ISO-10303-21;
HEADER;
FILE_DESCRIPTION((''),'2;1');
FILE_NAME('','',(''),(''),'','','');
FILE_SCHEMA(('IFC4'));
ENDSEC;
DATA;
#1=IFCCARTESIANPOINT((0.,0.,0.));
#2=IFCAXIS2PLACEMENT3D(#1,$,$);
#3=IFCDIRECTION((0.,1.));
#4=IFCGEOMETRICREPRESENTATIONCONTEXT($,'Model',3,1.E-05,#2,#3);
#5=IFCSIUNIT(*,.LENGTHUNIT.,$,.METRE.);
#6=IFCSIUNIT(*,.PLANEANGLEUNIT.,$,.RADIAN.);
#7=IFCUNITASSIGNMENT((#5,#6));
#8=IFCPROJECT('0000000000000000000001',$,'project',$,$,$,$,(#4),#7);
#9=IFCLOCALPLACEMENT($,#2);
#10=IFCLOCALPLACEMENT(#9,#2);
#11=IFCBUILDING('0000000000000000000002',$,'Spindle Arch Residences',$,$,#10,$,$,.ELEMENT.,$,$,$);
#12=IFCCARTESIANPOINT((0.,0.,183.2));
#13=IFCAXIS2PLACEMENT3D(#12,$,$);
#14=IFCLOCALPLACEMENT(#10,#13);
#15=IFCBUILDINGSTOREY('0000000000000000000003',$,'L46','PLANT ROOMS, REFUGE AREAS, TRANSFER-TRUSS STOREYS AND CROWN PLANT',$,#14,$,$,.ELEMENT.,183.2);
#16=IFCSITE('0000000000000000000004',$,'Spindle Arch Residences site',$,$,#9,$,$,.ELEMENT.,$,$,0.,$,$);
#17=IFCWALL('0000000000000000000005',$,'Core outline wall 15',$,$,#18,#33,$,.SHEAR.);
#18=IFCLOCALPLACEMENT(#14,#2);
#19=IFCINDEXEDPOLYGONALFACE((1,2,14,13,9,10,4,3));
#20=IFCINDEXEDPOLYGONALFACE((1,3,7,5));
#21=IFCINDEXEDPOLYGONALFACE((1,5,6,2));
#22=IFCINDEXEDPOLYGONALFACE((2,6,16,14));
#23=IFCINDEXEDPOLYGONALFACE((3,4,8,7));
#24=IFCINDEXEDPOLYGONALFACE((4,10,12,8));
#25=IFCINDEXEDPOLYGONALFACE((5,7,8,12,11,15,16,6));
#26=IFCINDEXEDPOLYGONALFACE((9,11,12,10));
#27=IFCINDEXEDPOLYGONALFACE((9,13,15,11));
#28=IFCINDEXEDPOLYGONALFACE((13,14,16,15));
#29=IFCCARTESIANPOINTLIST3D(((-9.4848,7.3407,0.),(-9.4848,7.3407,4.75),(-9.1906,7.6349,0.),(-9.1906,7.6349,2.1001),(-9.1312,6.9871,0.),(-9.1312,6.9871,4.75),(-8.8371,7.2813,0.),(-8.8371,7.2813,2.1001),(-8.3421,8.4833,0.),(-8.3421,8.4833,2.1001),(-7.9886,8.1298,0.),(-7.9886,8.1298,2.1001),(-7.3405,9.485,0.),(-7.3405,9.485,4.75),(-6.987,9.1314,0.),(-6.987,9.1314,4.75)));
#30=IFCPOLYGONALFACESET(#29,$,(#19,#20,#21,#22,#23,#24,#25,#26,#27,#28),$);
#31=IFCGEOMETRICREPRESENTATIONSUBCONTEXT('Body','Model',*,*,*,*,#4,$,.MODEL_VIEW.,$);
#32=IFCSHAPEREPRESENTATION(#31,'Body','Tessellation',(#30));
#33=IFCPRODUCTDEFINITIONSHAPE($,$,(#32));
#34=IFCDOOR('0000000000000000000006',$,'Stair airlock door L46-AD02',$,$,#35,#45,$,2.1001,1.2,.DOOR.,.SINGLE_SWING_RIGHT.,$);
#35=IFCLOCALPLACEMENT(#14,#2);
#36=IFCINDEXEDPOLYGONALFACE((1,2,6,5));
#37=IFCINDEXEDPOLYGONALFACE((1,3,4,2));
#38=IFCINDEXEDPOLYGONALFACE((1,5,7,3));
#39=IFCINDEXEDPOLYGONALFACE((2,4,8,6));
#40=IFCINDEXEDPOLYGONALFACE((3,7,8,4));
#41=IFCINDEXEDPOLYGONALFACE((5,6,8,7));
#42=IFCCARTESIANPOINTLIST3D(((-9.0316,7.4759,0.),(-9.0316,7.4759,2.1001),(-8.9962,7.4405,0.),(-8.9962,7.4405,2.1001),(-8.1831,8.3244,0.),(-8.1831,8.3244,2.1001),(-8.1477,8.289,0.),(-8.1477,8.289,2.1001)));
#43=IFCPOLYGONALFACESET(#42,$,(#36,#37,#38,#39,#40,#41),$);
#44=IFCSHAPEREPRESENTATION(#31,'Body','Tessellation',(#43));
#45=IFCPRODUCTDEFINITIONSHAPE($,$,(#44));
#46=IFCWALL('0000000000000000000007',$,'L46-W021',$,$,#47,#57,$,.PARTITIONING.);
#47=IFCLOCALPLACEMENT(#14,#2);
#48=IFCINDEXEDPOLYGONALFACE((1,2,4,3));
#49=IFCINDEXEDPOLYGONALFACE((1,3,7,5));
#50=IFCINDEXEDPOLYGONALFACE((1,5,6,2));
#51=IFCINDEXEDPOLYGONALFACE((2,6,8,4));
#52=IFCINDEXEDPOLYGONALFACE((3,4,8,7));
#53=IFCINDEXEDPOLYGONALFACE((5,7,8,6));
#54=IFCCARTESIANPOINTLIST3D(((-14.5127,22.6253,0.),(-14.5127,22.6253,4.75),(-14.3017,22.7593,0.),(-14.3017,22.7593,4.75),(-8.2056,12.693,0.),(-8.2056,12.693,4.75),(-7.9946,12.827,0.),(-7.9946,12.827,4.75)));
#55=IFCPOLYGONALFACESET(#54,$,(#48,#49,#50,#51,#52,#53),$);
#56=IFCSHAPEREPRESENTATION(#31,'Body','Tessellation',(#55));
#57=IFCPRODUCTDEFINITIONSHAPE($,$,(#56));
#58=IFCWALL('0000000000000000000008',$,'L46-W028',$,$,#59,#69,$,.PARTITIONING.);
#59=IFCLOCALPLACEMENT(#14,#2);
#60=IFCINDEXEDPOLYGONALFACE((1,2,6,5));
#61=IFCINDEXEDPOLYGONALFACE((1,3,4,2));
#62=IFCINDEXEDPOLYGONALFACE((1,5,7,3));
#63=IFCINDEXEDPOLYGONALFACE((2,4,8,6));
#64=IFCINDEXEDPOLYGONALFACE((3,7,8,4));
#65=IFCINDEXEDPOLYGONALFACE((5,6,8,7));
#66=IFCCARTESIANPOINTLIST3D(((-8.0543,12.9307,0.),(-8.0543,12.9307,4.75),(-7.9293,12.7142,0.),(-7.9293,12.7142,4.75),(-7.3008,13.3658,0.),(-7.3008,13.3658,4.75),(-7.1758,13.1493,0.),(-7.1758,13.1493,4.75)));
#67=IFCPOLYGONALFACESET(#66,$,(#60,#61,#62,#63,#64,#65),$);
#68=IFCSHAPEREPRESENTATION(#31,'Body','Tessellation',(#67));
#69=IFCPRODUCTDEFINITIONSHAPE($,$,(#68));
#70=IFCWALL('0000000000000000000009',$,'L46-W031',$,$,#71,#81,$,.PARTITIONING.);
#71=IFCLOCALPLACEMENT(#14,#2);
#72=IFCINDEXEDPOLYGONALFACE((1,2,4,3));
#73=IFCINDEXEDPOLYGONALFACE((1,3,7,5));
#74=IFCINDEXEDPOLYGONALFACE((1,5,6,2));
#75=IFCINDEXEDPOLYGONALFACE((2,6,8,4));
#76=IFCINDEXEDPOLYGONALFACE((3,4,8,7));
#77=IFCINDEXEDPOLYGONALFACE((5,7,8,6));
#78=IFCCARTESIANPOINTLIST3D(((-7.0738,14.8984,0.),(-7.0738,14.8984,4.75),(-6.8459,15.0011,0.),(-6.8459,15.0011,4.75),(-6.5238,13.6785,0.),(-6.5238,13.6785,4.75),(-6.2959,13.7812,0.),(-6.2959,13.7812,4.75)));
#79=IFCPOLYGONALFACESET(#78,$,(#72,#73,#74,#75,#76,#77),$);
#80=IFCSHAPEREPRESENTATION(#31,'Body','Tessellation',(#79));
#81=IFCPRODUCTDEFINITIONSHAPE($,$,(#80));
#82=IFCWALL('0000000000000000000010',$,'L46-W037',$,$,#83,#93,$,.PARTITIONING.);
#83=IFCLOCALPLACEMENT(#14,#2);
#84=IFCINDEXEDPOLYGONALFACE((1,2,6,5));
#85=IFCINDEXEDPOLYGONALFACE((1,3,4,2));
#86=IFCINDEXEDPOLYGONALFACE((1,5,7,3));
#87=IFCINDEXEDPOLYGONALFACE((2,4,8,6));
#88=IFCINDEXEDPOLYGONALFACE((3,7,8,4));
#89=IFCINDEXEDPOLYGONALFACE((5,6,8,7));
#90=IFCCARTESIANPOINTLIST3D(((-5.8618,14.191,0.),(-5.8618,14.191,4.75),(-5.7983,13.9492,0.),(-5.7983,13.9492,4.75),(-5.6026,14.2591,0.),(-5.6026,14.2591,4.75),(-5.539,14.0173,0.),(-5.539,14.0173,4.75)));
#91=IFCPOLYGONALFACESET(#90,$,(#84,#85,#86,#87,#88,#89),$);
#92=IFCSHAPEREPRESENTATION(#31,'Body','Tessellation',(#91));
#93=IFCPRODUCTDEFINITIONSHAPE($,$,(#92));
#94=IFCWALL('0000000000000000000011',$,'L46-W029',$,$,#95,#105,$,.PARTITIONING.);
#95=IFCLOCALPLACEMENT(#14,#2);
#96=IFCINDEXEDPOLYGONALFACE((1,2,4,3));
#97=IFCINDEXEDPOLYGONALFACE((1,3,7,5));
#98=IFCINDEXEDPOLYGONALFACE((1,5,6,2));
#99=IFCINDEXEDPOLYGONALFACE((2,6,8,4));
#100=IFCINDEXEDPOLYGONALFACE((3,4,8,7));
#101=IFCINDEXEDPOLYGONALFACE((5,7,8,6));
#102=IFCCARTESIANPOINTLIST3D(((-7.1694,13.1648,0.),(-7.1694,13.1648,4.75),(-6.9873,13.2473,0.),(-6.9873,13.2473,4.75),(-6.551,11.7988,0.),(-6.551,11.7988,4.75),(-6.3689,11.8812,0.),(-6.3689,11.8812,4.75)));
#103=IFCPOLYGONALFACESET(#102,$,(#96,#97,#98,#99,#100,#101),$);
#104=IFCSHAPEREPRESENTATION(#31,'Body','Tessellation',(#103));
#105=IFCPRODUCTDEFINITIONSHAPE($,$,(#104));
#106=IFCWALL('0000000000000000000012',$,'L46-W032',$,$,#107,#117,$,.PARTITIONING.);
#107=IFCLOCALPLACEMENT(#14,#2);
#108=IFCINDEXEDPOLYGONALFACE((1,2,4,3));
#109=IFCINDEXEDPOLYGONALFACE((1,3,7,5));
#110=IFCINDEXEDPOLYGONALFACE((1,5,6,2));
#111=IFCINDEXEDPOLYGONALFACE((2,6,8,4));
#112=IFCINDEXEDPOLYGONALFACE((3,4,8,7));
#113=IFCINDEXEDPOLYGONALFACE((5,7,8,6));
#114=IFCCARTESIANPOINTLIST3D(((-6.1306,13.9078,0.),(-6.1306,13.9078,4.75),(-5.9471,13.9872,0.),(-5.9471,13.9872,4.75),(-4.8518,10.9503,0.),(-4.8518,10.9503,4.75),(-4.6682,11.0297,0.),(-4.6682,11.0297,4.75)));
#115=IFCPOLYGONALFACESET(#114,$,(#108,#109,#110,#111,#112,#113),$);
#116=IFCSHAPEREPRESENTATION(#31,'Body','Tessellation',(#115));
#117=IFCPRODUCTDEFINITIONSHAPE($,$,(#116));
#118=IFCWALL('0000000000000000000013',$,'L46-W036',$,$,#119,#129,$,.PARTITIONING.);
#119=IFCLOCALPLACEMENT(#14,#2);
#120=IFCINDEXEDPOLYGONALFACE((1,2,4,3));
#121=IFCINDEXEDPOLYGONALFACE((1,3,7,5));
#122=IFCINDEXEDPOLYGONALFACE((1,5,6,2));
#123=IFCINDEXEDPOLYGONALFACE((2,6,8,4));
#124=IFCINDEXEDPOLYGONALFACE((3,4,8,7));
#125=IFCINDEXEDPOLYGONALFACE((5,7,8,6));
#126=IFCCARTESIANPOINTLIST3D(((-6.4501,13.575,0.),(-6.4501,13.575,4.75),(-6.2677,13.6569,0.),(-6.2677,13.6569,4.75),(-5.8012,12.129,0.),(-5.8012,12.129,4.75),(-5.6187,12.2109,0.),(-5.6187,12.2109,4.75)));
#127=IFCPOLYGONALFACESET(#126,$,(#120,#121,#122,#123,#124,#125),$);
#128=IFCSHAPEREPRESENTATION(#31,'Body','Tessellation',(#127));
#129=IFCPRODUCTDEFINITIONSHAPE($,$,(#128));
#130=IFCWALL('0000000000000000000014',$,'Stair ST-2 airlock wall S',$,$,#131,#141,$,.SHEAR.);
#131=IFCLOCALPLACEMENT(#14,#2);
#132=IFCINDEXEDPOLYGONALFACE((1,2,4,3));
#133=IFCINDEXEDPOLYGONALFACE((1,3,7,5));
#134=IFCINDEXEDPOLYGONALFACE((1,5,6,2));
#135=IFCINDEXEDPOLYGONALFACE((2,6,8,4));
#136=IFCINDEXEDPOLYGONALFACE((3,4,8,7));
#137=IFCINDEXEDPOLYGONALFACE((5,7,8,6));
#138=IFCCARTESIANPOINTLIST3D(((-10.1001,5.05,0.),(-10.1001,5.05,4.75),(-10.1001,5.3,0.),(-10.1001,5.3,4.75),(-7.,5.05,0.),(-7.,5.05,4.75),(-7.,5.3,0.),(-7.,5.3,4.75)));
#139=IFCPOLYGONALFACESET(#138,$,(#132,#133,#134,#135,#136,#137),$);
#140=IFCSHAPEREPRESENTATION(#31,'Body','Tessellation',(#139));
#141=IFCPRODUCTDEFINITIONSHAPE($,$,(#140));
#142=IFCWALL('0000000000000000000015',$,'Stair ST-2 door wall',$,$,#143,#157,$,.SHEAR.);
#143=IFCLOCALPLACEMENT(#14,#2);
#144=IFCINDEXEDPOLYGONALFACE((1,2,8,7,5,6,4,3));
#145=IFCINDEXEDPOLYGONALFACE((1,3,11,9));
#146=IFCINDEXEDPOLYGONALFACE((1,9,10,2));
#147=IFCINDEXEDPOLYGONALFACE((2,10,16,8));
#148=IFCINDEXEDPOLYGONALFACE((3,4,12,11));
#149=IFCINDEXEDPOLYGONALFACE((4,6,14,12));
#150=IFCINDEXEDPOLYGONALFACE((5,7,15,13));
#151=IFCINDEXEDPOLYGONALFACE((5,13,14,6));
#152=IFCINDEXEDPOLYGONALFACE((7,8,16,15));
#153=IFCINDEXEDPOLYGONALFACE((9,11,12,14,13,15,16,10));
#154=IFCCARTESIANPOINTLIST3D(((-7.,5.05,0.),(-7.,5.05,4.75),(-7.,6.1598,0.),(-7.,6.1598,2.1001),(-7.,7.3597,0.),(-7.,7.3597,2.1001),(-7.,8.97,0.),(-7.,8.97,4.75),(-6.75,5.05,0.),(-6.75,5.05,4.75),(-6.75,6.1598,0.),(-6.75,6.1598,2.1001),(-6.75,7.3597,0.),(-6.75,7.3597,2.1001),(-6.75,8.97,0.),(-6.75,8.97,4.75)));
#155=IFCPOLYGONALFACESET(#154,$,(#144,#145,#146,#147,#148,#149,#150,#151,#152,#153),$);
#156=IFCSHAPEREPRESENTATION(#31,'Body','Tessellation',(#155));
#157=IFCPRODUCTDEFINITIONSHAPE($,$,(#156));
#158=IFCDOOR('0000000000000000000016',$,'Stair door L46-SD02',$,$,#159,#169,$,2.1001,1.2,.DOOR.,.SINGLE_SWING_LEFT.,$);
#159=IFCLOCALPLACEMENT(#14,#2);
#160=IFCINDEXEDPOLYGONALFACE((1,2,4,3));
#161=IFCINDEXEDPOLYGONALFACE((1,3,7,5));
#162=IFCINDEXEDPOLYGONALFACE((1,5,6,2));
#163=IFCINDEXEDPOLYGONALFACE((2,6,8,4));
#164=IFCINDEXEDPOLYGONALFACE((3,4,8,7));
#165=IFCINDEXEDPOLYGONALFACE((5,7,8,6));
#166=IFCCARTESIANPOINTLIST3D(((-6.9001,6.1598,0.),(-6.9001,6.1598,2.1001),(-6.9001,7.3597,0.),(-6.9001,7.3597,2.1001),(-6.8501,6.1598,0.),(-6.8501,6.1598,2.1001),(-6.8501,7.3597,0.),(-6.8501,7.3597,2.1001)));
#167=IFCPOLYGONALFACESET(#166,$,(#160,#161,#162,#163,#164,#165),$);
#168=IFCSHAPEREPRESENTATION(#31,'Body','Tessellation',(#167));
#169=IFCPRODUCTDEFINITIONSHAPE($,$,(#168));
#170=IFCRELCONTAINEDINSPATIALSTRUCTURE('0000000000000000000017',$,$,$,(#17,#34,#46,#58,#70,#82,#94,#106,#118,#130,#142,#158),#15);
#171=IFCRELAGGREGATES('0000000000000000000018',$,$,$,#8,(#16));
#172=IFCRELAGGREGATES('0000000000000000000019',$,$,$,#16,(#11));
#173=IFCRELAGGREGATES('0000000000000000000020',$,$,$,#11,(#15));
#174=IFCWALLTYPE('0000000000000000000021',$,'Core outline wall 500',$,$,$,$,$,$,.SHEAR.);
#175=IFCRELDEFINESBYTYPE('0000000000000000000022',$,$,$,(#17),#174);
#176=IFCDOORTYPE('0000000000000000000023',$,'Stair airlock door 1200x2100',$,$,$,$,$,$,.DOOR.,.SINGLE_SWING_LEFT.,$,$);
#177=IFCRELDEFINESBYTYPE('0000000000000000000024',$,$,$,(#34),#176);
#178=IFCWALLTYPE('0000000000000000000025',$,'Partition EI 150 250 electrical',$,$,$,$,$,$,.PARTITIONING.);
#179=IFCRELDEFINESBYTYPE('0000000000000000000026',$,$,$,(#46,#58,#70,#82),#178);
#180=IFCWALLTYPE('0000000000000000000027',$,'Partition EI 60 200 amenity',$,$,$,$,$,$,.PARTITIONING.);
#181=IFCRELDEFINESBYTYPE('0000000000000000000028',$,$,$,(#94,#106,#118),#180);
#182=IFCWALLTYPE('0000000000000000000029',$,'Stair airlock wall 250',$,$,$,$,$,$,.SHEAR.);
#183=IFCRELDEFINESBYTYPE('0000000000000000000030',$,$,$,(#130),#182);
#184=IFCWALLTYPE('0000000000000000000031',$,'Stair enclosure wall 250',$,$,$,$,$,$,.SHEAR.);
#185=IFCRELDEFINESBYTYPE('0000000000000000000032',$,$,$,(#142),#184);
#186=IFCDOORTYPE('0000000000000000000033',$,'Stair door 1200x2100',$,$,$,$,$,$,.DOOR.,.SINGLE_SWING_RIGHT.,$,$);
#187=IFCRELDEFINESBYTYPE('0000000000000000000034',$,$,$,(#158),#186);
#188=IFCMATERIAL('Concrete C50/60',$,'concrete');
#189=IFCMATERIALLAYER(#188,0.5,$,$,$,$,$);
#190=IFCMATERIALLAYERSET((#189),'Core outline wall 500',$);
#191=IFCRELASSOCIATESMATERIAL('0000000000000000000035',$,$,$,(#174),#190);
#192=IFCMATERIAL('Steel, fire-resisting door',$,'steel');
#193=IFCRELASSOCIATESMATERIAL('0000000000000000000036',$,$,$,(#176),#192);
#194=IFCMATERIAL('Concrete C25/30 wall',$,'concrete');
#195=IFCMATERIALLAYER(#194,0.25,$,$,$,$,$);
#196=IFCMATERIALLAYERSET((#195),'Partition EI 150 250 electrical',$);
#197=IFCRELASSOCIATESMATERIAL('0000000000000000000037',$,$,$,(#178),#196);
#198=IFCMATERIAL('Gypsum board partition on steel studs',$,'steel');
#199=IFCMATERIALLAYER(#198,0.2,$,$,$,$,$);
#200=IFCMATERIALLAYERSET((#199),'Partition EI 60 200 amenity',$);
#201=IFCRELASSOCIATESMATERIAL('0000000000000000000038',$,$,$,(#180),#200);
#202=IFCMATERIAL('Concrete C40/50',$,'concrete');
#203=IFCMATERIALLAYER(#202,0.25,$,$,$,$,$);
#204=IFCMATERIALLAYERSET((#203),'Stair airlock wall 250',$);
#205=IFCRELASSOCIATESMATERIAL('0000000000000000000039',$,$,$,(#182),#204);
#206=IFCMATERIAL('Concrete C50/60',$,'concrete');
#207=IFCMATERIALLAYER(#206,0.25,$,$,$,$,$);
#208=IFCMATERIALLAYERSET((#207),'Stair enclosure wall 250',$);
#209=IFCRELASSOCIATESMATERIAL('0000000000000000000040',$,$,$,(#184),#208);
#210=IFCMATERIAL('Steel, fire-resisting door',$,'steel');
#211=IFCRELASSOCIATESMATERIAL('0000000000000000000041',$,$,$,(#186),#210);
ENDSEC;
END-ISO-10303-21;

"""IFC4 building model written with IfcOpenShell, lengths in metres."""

from ifc_helpers import new_model, si_unit, direction, frame, frame_2d, origin, place, context, subcontext, project, spatial, rectangle, extrude, material, layer, layer_set, type_object, element, fill, save


model = new_model("IFC4")

# Units and contexts
model_context = context("Model", 3, precision=1e-05, world=origin(), true_north=direction((0.0, 1.0)))
body_context = subcontext(model_context, "Body", "Model", "MODEL_VIEW")
ifc_project = project(units=[si_unit("LENGTHUNIT", "METRE"), si_unit("PLANEANGLEUNIT", "RADIAN")], contexts=[model_context])

# Site, building, storey
site_placement = place(None, origin())
site = spatial("IfcSite", under=ifc_project, at=site_placement, Name="Spindle Arch Residences site", CompositionType="ELEMENT", RefElevation=0.0)
building_placement = place(site_placement, origin())
building = spatial("IfcBuilding", under=site, at=building_placement, Name="Spindle Arch Residences", CompositionType="ELEMENT")
storey_placement = place(building_placement, frame((0.0, 0.0, 183.2)))
storey = spatial("IfcBuildingStorey", under=building, at=storey_placement, Name="L46", Description="PLANT ROOMS, REFUGE AREAS, TRANSFER-TRUSS STOREYS AND CROWN PLANT", CompositionType="ELEMENT", Elevation=183.2)

# Shared definitions
ifc_material_1 = material(Name="Concrete C50/60", Category="concrete")
ifc_layer_1 = layer(ifc_material_1, 0.5)
ifc_layer_set_1 = layer_set([ifc_layer_1], Name="Core outline wall 500")
wall_type_1 = type_object("IfcWallType", Name="Core outline wall 500", PredefinedType="SHEAR", material=ifc_layer_set_1)

# Wall, opening, door
wall_1_placement = place(storey_placement, frame((-7.1638, 9.3081, 0.0), z_axis=(0.0, 0.0, 1.0), x_axis=(-0.707107, -0.707107, 0.0)))
wall_1 = element("IfcWall", 1, at=wall_1_placement, inside=storey, type_object=wall_type_1, Name="Core outline wall 15", PredefinedType="SHEAR", context=body_context, shape_type="SweptSolid", body=[
    extrude(rectangle(XDim=3.0325, YDim=0.5, at=frame_2d((1.5161, 0.0))), origin(), (0.0, 0.0, 1.0), 4.75),
])
opening_1_placement = place(wall_1_placement, frame((1.4163, 0.0, 0.0)))
opening_1 = element("IfcOpeningElement", 2, at=opening_1_placement, cuts=wall_1, PredefinedType="OPENING", context=body_context, shape_type="SweptSolid", body=[
    extrude(rectangle(XDim=1.2, YDim=2.1001, at=frame_2d((0.6001, 1.05))), frame((0.0, 0.26, 0.0), z_axis=(0.0, -1.0, 0.0), x_axis=(1.0, 0.0, 0.0)), (0.0, 0.0, 1.0), 0.52),
])
ifc_material_2 = material(Name="Steel, fire-resisting door", Category="steel")
door_type_1 = type_object("IfcDoorType", Name="Stair airlock door 1200x2100", OperationType="SINGLE_SWING_LEFT", PredefinedType="DOOR", material=ifc_material_2)
door_1_placement = place(opening_1_placement, origin())
door_1 = element("IfcDoor", 3, at=door_1_placement, inside=storey, type_object=door_type_1, Name="Stair airlock door L46-AD02", OperationType="SINGLE_SWING_RIGHT", OverallHeight=2.1001, OverallWidth=1.2, PredefinedType="DOOR", context=body_context, shape_type="SweptSolid", body=[
    extrude(rectangle(XDim=1.2, YDim=2.1001, at=frame_2d((0.6001, 1.05))), frame((0.0, 0.0249, 0.0), z_axis=(0.0, -1.0, 0.0), x_axis=(1.0, 0.0, 0.0)), (0.0, 0.0, 1.0), 0.05),
])
fill(opening_1, door_1)

# Walls
ifc_material_3 = material(Name="Concrete C25/30 wall", Category="concrete")
ifc_layer_2 = layer(ifc_material_3, 0.25)
ifc_layer_set_2 = layer_set([ifc_layer_2], Name="Partition EI 150 250 electrical")
wall_type_2 = type_object("IfcWallType", Name="Partition EI 150 250 electrical", PredefinedType="PARTITIONING", material=ifc_layer_set_2)
wall_2_placement = place(storey_placement, frame((-8.1001, 12.76, 0.0), z_axis=(0.0, 0.0, 1.0), x_axis=(-0.53606, 0.84418, 0.0)))
element("IfcWall", 4, at=wall_2_placement, inside=storey, type_object=wall_type_2, Name="L46-W021", PredefinedType="PARTITIONING", context=body_context, shape_type="SweptSolid", body=[
    extrude(rectangle(XDim=11.7656, YDim=0.25, at=frame_2d((5.8828, 0.0))), origin(), (0.0, 0.0, 1.0), 4.75),
])
wall_3_placement = place(storey_placement, frame((-7.2383, 13.2576, 0.0), z_axis=(0.0, 0.0, 1.0), x_axis=(-0.865989, -0.500063, 0.0)))
element("IfcWall", 5, at=wall_3_placement, inside=storey, type_object=wall_type_2, Name="L46-W028", PredefinedType="PARTITIONING", context=body_context, shape_type="SweptSolid", body=[
    extrude(rectangle(XDim=0.8701, YDim=0.25, at=frame_2d((0.4351, 0.0))), origin(), (0.0, 0.0, 1.0), 4.75),
])
wall_4_placement = place(storey_placement, frame((-6.4099, 13.73, 0.0), z_axis=(0.0, 0.0, 1.0), x_axis=(-0.411025, 0.911624, 0.0)))
element("IfcWall", 6, at=wall_4_placement, inside=storey, type_object=wall_type_2, Name="L46-W031", PredefinedType="PARTITIONING", context=body_context, shape_type="SweptSolid", body=[
    extrude(rectangle(XDim=1.3381, YDim=0.25, at=frame_2d((0.6689, 0.0))), origin(), (0.0, 0.0, 1.0), 4.75),
])
wall_5_placement = place(storey_placement, frame((-5.5708, 14.1382, 0.0), z_axis=(0.0, 0.0, 1.0), x_axis=(-0.967181, -0.25409, 0.0)))
element("IfcWall", 7, at=wall_5_placement, inside=storey, type_object=wall_type_2, Name="L46-W037", PredefinedType="PARTITIONING", context=body_context, shape_type="SweptSolid", body=[
    extrude(rectangle(XDim=0.2681, YDim=0.25, at=frame_2d((0.134, 0.0))), origin(), (0.0, 0.0, 1.0), 4.75),
])
ifc_material_4 = material(Name="Gypsum board partition on steel studs", Category="steel")
ifc_layer_3 = layer(ifc_material_4, 0.2)
ifc_layer_set_3 = layer_set([ifc_layer_3], Name="Partition EI 60 200 amenity")
wall_type_3 = type_object("IfcWallType", Name="Partition EI 60 200 amenity", PredefinedType="PARTITIONING", material=ifc_layer_set_3)
wall_6_placement = place(storey_placement, frame((-7.0784, 13.2061, 0.0), z_axis=(0.0, 0.0, 1.0), x_axis=(0.412429, -0.91099, 0.0)))
element("IfcWall", 8, at=wall_6_placement, inside=storey, type_object=wall_type_3, Name="L46-W029", PredefinedType="PARTITIONING", context=body_context, shape_type="SweptSolid", body=[
    extrude(rectangle(XDim=1.4995, YDim=0.2, at=frame_2d((0.7498, 0.0))), origin(), (0.0, 0.0, 1.0), 4.75),
])
wall_7_placement = place(storey_placement, frame((-6.0388, 13.9475, 0.0), z_axis=(0.0, 0.0, 1.0), x_axis=(0.39688, -0.91787, 0.0)))
element("IfcWall", 9, at=wall_7_placement, inside=storey, type_object=wall_type_3, Name="L46-W032", PredefinedType="PARTITIONING", context=body_context, shape_type="SweptSolid", body=[
    extrude(rectangle(XDim=3.2222, YDim=0.2, at=frame_2d((1.6111, 0.0))), origin(), (0.0, 0.0, 1.0), 4.75),
])
wall_8_placement = place(storey_placement, frame((-5.71, 12.1699, 0.0), z_axis=(0.0, 0.0, 1.0), x_axis=(-0.409423, 0.912345, 0.0)))
element("IfcWall", 10, at=wall_8_placement, inside=storey, type_object=wall_type_3, Name="L46-W036", PredefinedType="PARTITIONING", context=body_context, shape_type="SweptSolid", body=[
    extrude(rectangle(XDim=1.585, YDim=0.2, at=frame_2d((0.7925, 0.0))), origin(), (0.0, 0.0, 1.0), 4.75),
])
ifc_material_5 = material(Name="Concrete C40/50", Category="concrete")
ifc_layer_4 = layer(ifc_material_5, 0.25)
ifc_layer_set_4 = layer_set([ifc_layer_4], Name="Stair airlock wall 250")
wall_type_4 = type_object("IfcWallType", Name="Stair airlock wall 250", PredefinedType="SHEAR", material=ifc_layer_set_4)
wall_9_placement = place(storey_placement, frame((-7.0, 5.175, 0.0), z_axis=(0.0, 0.0, 1.0), x_axis=(-1.0, 0.0, 0.0)))
element("IfcWall", 11, at=wall_9_placement, inside=storey, type_object=wall_type_4, Name="Stair ST-2 airlock wall S", PredefinedType="SHEAR", context=body_context, shape_type="SweptSolid", body=[
    extrude(rectangle(XDim=3.1001, YDim=0.25, at=frame_2d((1.55, 0.0))), origin(), (0.0, 0.0, 1.0), 4.75),
])

# Wall, opening, door
ifc_material_6 = material(Name="Concrete C50/60", Category="concrete")
ifc_layer_5 = layer(ifc_material_6, 0.25)
ifc_layer_set_5 = layer_set([ifc_layer_5], Name="Stair enclosure wall 250")
wall_type_5 = type_object("IfcWallType", Name="Stair enclosure wall 250", PredefinedType="SHEAR", material=ifc_layer_set_5)
wall_10_placement = place(storey_placement, frame((-6.875, 8.97, 0.0), z_axis=(0.0, 0.0, 1.0), x_axis=(0.0, -1.0, 0.0)))
wall_10 = element("IfcWall", 12, at=wall_10_placement, inside=storey, type_object=wall_type_5, Name="Stair ST-2 door wall", PredefinedType="SHEAR", context=body_context, shape_type="SweptSolid", body=[
    extrude(rectangle(XDim=3.9199, YDim=0.25, at=frame_2d((1.96, 0.0))), origin(), (0.0, 0.0, 1.0), 4.75),
])
opening_2_placement = place(wall_10_placement, frame((1.6101, 0.0, 0.0)))
opening_2 = element("IfcOpeningElement", 13, at=opening_2_placement, cuts=wall_10, PredefinedType="OPENING", context=body_context, shape_type="SweptSolid", body=[
    extrude(rectangle(XDim=1.2, YDim=2.1001, at=frame_2d((0.6001, 1.05))), frame((0.0, 0.135, 0.0), z_axis=(0.0, -1.0, 0.0), x_axis=(1.0, 0.0, 0.0)), (0.0, 0.0, 1.0), 0.27),
])
ifc_material_7 = material(Name="Steel, fire-resisting door", Category="steel")
door_type_2 = type_object("IfcDoorType", Name="Stair door 1200x2100", OperationType="SINGLE_SWING_RIGHT", PredefinedType="DOOR", material=ifc_material_7)
door_2_placement = place(opening_2_placement, origin())
door_2 = element("IfcDoor", 14, at=door_2_placement, inside=storey, type_object=door_type_2, Name="Stair door L46-SD02", OperationType="SINGLE_SWING_LEFT", OverallHeight=2.1001, OverallWidth=1.2, PredefinedType="DOOR", context=body_context, shape_type="SweptSolid", body=[
    extrude(rectangle(XDim=1.2, YDim=2.1001, at=frame_2d((0.6001, 1.05))), frame((0.0, 0.0249, 0.0), z_axis=(0.0, -1.0, 0.0), x_axis=(1.0, 0.0, 0.0)), (0.0, 0.0, 1.0), 0.05),
])
fill(opening_2, door_2)

save(model, "model.ifc")
